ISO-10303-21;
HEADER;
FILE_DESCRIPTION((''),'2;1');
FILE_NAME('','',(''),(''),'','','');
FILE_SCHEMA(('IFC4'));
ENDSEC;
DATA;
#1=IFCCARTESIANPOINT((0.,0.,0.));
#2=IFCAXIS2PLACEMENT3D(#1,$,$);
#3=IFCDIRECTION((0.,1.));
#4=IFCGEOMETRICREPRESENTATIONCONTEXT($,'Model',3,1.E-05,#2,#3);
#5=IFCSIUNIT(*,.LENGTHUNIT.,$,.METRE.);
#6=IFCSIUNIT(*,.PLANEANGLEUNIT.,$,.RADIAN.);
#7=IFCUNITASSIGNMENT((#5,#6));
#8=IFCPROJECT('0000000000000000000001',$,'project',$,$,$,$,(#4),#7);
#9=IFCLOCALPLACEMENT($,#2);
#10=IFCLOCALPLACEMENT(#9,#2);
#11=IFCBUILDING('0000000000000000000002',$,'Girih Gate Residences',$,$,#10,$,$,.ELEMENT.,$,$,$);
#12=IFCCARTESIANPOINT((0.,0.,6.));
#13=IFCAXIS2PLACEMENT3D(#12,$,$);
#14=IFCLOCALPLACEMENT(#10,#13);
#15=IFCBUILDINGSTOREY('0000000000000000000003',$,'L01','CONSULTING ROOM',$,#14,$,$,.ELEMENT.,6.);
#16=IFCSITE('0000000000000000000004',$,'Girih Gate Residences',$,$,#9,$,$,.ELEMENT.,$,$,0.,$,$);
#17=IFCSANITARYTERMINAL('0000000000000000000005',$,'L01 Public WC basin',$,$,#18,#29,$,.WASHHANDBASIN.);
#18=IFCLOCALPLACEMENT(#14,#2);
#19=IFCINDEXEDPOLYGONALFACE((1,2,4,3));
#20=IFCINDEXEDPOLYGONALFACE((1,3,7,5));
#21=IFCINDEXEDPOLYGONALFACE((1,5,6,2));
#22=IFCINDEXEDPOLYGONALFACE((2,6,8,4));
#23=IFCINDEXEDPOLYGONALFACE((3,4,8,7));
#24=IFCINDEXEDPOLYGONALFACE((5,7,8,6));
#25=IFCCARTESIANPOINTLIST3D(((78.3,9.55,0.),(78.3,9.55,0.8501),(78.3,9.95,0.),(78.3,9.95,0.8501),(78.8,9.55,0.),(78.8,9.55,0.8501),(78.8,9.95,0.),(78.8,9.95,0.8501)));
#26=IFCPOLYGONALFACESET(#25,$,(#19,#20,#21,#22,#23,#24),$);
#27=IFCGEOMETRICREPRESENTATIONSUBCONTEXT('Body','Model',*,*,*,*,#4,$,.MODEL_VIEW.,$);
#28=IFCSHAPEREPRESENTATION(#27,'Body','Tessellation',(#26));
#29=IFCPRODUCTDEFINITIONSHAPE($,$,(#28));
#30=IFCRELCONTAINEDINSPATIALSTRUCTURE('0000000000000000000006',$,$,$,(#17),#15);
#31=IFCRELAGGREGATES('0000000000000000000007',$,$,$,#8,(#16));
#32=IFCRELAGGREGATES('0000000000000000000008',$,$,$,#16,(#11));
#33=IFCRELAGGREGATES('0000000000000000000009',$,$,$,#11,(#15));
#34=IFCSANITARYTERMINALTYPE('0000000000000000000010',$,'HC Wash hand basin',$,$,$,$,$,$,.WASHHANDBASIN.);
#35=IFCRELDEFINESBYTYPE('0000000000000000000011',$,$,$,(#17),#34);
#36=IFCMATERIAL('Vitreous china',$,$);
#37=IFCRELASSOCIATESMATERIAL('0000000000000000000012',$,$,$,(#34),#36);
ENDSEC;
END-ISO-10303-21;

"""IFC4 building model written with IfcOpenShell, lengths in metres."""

from ifc_helpers import new_model, si_unit, direction, frame, origin, origin_2d, place, context, subcontext, project, spatial, rectangle, extrude, material, type_object, element, save


model = new_model("IFC4")

# Units and contexts
model_context = context("Model", 3, precision=1e-05, world=origin(), true_north=direction((0.0, 1.0)))
body_context = subcontext(model_context, "Body", "Model", "MODEL_VIEW")
ifc_project = project(units=[si_unit("LENGTHUNIT", "METRE"), si_unit("PLANEANGLEUNIT", "RADIAN")], contexts=[model_context])

# Site, building, storey
site_placement = place(None, origin())
site = spatial("IfcSite", under=ifc_project, at=site_placement, Name="Girih Gate Residences", CompositionType="ELEMENT", RefElevation=0.0)
building_placement = place(site_placement, origin())
building = spatial("IfcBuilding", under=site, at=building_placement, Name="Girih Gate Residences", CompositionType="ELEMENT")
storey_placement = place(building_placement, frame((0.0, 0.0, 6.0)))
storey = spatial("IfcBuildingStorey", under=building, at=storey_placement, Name="L01", Description="CONSULTING ROOM", CompositionType="ELEMENT", Elevation=6.0)

# Sanitary terminal
ifc_material_1 = material(Name="Vitreous china")
sanitary_terminal_type_1 = type_object("IfcSanitaryTerminalType", Name="HC Wash hand basin", PredefinedType="WASHHANDBASIN", material=ifc_material_1)
sanitary_terminal_1_placement = place(storey_placement, frame((78.55, 9.75, 0.0), z_axis=(0.0, 0.0, 1.0), x_axis=(1.0, 0.0, 0.0)))
element("IfcSanitaryTerminal", 1, at=sanitary_terminal_1_placement, inside=storey, type_object=sanitary_terminal_type_1, Name="L01 Public WC basin", PredefinedType="WASHHANDBASIN", context=body_context, shape_type="SweptSolid", body=[
    extrude(rectangle(XDim=0.5, YDim=0.3999, at=origin_2d()), origin(), (0.0, 0.0, 1.0), 0.8501),
])

save(model, "model.ifc")
